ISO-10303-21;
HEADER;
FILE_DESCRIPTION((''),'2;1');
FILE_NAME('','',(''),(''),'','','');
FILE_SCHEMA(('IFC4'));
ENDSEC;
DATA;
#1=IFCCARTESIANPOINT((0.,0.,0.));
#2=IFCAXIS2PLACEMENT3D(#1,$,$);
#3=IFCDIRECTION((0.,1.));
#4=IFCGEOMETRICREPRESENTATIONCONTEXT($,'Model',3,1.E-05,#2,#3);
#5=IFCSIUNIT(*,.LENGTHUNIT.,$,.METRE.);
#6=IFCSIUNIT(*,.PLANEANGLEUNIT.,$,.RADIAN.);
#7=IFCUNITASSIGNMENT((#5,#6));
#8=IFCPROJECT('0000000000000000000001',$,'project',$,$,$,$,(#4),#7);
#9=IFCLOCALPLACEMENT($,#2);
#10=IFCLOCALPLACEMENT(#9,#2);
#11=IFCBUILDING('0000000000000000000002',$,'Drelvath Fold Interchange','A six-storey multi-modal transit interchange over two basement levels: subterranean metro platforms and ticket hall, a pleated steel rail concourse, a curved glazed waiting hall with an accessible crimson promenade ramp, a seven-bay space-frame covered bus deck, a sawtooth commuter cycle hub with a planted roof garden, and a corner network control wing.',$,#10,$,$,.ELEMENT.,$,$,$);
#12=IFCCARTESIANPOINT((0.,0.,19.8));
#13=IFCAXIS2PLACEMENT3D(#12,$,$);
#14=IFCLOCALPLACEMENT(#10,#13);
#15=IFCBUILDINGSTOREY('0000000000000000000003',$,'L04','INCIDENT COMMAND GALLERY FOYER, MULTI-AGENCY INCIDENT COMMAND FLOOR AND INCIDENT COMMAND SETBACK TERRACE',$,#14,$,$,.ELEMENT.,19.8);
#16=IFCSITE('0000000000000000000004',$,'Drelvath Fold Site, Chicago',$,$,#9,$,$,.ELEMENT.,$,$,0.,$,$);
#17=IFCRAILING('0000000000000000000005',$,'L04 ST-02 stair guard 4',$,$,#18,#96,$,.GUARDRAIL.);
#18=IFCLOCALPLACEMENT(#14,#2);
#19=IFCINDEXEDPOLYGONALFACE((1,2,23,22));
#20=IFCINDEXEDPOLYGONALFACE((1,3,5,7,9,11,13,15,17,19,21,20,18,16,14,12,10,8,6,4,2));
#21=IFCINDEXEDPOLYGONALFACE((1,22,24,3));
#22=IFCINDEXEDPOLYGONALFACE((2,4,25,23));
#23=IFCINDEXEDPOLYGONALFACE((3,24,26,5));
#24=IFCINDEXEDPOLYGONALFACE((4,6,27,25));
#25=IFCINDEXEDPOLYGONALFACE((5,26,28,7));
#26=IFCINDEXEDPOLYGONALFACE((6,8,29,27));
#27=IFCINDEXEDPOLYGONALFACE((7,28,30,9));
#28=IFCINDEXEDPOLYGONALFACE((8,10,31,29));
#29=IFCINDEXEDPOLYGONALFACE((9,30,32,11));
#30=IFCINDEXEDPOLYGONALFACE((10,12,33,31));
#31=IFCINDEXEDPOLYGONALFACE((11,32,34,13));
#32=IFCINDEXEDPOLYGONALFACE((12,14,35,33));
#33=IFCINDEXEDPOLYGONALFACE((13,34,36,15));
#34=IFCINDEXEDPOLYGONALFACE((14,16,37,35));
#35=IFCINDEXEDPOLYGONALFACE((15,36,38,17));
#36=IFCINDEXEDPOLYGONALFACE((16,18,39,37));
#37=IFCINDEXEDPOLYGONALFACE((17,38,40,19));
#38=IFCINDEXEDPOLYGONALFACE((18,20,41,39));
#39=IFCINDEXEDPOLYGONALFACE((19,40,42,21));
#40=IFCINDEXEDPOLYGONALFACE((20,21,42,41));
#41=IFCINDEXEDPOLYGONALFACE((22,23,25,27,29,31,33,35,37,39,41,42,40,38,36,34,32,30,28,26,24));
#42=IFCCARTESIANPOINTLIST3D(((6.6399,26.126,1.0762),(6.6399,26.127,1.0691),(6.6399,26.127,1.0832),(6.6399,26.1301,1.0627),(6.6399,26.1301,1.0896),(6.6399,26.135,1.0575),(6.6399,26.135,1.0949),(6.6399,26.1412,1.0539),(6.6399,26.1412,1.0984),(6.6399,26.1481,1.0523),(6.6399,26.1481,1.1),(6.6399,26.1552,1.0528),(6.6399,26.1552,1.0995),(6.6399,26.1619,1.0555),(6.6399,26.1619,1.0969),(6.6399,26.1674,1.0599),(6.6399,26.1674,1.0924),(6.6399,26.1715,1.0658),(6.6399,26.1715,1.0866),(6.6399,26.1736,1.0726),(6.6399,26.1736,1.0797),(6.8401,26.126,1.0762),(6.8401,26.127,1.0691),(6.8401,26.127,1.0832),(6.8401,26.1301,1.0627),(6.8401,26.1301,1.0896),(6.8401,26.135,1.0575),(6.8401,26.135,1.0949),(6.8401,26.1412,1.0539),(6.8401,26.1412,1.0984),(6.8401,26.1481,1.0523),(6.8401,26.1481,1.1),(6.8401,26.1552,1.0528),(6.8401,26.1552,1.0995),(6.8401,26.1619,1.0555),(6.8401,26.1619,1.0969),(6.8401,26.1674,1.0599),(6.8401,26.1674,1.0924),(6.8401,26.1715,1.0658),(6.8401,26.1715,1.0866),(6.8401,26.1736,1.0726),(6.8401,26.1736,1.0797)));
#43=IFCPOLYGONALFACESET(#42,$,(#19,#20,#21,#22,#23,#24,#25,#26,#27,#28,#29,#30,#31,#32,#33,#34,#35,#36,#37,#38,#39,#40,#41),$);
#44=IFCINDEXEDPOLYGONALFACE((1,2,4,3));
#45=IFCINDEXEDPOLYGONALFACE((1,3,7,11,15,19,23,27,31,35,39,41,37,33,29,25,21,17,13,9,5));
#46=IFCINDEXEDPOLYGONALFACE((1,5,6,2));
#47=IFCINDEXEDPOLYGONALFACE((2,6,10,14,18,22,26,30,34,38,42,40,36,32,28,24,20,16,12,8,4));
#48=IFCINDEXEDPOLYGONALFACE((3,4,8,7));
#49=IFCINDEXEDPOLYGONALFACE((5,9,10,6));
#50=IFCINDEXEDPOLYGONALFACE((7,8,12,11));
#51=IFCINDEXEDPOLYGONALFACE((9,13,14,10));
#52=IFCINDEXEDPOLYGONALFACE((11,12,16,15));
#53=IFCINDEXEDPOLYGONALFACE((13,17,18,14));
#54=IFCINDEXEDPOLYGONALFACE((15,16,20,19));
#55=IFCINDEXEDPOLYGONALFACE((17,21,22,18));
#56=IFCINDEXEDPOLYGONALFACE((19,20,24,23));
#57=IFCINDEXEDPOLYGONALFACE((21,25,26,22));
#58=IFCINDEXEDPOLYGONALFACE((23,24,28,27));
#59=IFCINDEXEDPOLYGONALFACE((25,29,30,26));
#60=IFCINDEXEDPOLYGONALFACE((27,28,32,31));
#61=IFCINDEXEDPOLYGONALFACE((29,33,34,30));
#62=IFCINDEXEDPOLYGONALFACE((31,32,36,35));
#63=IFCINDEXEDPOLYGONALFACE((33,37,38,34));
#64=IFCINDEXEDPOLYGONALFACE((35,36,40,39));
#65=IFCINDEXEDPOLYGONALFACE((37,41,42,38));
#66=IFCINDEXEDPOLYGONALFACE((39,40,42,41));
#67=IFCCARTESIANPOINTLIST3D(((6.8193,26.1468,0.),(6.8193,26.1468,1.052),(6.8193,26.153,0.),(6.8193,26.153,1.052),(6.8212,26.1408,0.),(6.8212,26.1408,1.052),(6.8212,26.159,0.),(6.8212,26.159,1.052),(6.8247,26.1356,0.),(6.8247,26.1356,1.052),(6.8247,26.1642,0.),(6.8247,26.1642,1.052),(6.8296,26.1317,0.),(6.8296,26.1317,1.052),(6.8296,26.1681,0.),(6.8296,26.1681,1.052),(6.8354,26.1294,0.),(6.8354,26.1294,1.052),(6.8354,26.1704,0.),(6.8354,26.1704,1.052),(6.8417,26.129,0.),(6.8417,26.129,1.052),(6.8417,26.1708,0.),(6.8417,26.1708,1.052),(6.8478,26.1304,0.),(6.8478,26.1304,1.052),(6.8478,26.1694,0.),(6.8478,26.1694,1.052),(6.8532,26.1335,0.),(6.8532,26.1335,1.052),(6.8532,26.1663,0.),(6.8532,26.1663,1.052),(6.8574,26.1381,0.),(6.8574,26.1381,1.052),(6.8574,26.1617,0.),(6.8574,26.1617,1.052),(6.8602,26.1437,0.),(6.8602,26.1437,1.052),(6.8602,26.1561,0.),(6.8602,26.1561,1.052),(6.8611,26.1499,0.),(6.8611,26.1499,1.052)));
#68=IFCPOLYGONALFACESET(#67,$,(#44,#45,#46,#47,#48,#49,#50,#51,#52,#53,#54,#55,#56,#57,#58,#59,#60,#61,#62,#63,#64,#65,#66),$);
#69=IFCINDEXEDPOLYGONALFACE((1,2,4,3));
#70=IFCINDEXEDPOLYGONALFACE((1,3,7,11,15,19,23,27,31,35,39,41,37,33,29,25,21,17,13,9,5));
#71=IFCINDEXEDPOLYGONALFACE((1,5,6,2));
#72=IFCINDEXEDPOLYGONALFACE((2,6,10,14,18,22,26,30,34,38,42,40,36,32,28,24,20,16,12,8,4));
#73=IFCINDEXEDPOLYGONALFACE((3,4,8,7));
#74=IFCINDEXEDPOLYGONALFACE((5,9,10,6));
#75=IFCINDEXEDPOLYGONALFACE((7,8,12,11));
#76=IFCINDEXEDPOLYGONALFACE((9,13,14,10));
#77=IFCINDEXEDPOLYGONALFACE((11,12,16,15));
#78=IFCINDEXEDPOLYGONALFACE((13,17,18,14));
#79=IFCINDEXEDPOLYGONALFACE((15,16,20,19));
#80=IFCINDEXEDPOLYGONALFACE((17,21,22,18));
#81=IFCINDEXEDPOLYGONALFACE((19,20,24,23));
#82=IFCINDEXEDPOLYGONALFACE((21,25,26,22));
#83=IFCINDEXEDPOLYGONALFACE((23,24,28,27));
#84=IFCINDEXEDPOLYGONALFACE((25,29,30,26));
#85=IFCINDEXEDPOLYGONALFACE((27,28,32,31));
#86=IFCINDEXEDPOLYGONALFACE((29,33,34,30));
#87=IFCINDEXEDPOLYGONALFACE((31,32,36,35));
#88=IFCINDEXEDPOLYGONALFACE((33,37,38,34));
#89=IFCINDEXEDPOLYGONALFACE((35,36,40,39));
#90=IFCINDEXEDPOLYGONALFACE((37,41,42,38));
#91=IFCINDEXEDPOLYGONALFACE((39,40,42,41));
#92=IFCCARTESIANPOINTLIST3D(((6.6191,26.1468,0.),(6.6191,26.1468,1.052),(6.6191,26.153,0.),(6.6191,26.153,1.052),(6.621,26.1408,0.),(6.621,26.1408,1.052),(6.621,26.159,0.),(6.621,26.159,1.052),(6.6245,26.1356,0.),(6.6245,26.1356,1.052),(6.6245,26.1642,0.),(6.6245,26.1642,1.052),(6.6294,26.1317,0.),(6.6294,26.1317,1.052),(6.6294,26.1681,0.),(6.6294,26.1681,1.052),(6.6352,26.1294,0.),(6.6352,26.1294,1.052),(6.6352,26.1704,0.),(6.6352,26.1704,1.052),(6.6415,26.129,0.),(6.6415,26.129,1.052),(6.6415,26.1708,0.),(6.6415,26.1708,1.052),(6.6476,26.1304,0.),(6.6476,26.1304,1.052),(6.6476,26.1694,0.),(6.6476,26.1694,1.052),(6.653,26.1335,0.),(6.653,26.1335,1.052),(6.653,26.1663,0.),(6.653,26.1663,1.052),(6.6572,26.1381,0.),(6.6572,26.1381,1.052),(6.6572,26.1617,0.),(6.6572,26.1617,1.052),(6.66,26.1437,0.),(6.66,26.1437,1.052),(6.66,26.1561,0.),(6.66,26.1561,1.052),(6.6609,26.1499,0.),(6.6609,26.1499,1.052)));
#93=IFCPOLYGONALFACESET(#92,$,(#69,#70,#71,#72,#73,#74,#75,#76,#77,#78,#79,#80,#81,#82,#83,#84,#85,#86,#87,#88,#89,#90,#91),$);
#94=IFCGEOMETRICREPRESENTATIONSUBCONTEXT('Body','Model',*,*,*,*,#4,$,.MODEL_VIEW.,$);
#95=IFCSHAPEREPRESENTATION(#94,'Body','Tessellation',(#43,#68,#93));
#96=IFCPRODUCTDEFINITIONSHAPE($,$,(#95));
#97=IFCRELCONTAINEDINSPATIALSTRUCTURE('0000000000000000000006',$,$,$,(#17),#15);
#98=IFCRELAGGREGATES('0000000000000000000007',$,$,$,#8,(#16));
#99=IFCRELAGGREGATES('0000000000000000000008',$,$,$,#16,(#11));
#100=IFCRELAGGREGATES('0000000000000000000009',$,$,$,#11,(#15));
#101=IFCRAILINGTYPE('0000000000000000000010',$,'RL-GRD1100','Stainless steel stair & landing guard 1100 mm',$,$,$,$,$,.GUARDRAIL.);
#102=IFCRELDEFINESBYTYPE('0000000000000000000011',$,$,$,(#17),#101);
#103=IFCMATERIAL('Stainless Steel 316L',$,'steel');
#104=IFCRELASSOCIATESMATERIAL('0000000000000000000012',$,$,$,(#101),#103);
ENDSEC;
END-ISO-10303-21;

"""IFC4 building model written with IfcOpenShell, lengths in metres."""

from ifc_helpers import new_model, si_unit, direction, frame, origin, origin_2d, place, context, subcontext, project, spatial, circle, extrude, material, type_object, element, save


model = new_model("IFC4")

# Units and contexts
model_context = context("Model", 3, precision=1e-05, world=origin(), true_north=direction((0.0, 1.0)))
body_context = subcontext(model_context, "Body", "Model", "MODEL_VIEW")
ifc_project = project(units=[si_unit("LENGTHUNIT", "METRE"), si_unit("PLANEANGLEUNIT", "RADIAN")], contexts=[model_context])

# Site, building, storey
site_placement = place(None, origin())
site = spatial("IfcSite", under=ifc_project, at=site_placement, Name="Drelvath Fold Site, Chicago", CompositionType="ELEMENT", RefElevation=0.0)
building_placement = place(site_placement, origin())
building = spatial("IfcBuilding", under=site, at=building_placement, Name="Drelvath Fold Interchange", Description="A six-storey multi-modal transit interchange over two basement levels: subterranean metro platforms and ticket hall, a pleated steel rail concourse, a curved glazed waiting hall with an accessible crimson promenade ramp, a seven-bay space-frame covered bus deck, a sawtooth commuter cycle hub with a planted roof garden, and a corner network control wing.", CompositionType="ELEMENT")
storey_placement = place(building_placement, frame((0.0, 0.0, 19.8)))
storey = spatial("IfcBuildingStorey", under=building, at=storey_placement, Name="L04", Description="INCIDENT COMMAND GALLERY FOYER, MULTI-AGENCY INCIDENT COMMAND FLOOR AND INCIDENT COMMAND SETBACK TERRACE", CompositionType="ELEMENT", Elevation=19.8)

# Railing
ifc_material_1 = material(Name="Stainless Steel 316L", Category="steel")
railing_type_1 = type_object("IfcRailingType", Name="RL-GRD1100", Description="Stainless steel stair & landing guard 1100 mm", PredefinedType="GUARDRAIL", material=ifc_material_1)
railing_1_placement = place(storey_placement, frame((6.8401, 26.1499, 0.0)))
element("IfcRailing", 1, at=railing_1_placement, inside=storey, type_object=railing_type_1, Name="L04 ST-02 stair guard 4", PredefinedType="GUARDRAIL", context=body_context, shape_type="SweptSolid", body=[
    extrude(circle(Radius=0.0239, at=origin_2d()), frame((0.0, 0.0, 1.0762), z_axis=(-1.0, 0.0, 0.0), x_axis=(0.0, -1.0, 0.0)), (0.0, 0.0, 1.0), 0.2002),
    extrude(circle(Radius=0.021, at=origin_2d()), origin(), (0.0, 0.0, 1.0), 1.052),
    extrude(circle(Radius=0.021, at=origin_2d()), frame((-0.2002, 0.0, 0.0)), (0.0, 0.0, 1.0), 1.052),
])

save(model, "model.ifc")
